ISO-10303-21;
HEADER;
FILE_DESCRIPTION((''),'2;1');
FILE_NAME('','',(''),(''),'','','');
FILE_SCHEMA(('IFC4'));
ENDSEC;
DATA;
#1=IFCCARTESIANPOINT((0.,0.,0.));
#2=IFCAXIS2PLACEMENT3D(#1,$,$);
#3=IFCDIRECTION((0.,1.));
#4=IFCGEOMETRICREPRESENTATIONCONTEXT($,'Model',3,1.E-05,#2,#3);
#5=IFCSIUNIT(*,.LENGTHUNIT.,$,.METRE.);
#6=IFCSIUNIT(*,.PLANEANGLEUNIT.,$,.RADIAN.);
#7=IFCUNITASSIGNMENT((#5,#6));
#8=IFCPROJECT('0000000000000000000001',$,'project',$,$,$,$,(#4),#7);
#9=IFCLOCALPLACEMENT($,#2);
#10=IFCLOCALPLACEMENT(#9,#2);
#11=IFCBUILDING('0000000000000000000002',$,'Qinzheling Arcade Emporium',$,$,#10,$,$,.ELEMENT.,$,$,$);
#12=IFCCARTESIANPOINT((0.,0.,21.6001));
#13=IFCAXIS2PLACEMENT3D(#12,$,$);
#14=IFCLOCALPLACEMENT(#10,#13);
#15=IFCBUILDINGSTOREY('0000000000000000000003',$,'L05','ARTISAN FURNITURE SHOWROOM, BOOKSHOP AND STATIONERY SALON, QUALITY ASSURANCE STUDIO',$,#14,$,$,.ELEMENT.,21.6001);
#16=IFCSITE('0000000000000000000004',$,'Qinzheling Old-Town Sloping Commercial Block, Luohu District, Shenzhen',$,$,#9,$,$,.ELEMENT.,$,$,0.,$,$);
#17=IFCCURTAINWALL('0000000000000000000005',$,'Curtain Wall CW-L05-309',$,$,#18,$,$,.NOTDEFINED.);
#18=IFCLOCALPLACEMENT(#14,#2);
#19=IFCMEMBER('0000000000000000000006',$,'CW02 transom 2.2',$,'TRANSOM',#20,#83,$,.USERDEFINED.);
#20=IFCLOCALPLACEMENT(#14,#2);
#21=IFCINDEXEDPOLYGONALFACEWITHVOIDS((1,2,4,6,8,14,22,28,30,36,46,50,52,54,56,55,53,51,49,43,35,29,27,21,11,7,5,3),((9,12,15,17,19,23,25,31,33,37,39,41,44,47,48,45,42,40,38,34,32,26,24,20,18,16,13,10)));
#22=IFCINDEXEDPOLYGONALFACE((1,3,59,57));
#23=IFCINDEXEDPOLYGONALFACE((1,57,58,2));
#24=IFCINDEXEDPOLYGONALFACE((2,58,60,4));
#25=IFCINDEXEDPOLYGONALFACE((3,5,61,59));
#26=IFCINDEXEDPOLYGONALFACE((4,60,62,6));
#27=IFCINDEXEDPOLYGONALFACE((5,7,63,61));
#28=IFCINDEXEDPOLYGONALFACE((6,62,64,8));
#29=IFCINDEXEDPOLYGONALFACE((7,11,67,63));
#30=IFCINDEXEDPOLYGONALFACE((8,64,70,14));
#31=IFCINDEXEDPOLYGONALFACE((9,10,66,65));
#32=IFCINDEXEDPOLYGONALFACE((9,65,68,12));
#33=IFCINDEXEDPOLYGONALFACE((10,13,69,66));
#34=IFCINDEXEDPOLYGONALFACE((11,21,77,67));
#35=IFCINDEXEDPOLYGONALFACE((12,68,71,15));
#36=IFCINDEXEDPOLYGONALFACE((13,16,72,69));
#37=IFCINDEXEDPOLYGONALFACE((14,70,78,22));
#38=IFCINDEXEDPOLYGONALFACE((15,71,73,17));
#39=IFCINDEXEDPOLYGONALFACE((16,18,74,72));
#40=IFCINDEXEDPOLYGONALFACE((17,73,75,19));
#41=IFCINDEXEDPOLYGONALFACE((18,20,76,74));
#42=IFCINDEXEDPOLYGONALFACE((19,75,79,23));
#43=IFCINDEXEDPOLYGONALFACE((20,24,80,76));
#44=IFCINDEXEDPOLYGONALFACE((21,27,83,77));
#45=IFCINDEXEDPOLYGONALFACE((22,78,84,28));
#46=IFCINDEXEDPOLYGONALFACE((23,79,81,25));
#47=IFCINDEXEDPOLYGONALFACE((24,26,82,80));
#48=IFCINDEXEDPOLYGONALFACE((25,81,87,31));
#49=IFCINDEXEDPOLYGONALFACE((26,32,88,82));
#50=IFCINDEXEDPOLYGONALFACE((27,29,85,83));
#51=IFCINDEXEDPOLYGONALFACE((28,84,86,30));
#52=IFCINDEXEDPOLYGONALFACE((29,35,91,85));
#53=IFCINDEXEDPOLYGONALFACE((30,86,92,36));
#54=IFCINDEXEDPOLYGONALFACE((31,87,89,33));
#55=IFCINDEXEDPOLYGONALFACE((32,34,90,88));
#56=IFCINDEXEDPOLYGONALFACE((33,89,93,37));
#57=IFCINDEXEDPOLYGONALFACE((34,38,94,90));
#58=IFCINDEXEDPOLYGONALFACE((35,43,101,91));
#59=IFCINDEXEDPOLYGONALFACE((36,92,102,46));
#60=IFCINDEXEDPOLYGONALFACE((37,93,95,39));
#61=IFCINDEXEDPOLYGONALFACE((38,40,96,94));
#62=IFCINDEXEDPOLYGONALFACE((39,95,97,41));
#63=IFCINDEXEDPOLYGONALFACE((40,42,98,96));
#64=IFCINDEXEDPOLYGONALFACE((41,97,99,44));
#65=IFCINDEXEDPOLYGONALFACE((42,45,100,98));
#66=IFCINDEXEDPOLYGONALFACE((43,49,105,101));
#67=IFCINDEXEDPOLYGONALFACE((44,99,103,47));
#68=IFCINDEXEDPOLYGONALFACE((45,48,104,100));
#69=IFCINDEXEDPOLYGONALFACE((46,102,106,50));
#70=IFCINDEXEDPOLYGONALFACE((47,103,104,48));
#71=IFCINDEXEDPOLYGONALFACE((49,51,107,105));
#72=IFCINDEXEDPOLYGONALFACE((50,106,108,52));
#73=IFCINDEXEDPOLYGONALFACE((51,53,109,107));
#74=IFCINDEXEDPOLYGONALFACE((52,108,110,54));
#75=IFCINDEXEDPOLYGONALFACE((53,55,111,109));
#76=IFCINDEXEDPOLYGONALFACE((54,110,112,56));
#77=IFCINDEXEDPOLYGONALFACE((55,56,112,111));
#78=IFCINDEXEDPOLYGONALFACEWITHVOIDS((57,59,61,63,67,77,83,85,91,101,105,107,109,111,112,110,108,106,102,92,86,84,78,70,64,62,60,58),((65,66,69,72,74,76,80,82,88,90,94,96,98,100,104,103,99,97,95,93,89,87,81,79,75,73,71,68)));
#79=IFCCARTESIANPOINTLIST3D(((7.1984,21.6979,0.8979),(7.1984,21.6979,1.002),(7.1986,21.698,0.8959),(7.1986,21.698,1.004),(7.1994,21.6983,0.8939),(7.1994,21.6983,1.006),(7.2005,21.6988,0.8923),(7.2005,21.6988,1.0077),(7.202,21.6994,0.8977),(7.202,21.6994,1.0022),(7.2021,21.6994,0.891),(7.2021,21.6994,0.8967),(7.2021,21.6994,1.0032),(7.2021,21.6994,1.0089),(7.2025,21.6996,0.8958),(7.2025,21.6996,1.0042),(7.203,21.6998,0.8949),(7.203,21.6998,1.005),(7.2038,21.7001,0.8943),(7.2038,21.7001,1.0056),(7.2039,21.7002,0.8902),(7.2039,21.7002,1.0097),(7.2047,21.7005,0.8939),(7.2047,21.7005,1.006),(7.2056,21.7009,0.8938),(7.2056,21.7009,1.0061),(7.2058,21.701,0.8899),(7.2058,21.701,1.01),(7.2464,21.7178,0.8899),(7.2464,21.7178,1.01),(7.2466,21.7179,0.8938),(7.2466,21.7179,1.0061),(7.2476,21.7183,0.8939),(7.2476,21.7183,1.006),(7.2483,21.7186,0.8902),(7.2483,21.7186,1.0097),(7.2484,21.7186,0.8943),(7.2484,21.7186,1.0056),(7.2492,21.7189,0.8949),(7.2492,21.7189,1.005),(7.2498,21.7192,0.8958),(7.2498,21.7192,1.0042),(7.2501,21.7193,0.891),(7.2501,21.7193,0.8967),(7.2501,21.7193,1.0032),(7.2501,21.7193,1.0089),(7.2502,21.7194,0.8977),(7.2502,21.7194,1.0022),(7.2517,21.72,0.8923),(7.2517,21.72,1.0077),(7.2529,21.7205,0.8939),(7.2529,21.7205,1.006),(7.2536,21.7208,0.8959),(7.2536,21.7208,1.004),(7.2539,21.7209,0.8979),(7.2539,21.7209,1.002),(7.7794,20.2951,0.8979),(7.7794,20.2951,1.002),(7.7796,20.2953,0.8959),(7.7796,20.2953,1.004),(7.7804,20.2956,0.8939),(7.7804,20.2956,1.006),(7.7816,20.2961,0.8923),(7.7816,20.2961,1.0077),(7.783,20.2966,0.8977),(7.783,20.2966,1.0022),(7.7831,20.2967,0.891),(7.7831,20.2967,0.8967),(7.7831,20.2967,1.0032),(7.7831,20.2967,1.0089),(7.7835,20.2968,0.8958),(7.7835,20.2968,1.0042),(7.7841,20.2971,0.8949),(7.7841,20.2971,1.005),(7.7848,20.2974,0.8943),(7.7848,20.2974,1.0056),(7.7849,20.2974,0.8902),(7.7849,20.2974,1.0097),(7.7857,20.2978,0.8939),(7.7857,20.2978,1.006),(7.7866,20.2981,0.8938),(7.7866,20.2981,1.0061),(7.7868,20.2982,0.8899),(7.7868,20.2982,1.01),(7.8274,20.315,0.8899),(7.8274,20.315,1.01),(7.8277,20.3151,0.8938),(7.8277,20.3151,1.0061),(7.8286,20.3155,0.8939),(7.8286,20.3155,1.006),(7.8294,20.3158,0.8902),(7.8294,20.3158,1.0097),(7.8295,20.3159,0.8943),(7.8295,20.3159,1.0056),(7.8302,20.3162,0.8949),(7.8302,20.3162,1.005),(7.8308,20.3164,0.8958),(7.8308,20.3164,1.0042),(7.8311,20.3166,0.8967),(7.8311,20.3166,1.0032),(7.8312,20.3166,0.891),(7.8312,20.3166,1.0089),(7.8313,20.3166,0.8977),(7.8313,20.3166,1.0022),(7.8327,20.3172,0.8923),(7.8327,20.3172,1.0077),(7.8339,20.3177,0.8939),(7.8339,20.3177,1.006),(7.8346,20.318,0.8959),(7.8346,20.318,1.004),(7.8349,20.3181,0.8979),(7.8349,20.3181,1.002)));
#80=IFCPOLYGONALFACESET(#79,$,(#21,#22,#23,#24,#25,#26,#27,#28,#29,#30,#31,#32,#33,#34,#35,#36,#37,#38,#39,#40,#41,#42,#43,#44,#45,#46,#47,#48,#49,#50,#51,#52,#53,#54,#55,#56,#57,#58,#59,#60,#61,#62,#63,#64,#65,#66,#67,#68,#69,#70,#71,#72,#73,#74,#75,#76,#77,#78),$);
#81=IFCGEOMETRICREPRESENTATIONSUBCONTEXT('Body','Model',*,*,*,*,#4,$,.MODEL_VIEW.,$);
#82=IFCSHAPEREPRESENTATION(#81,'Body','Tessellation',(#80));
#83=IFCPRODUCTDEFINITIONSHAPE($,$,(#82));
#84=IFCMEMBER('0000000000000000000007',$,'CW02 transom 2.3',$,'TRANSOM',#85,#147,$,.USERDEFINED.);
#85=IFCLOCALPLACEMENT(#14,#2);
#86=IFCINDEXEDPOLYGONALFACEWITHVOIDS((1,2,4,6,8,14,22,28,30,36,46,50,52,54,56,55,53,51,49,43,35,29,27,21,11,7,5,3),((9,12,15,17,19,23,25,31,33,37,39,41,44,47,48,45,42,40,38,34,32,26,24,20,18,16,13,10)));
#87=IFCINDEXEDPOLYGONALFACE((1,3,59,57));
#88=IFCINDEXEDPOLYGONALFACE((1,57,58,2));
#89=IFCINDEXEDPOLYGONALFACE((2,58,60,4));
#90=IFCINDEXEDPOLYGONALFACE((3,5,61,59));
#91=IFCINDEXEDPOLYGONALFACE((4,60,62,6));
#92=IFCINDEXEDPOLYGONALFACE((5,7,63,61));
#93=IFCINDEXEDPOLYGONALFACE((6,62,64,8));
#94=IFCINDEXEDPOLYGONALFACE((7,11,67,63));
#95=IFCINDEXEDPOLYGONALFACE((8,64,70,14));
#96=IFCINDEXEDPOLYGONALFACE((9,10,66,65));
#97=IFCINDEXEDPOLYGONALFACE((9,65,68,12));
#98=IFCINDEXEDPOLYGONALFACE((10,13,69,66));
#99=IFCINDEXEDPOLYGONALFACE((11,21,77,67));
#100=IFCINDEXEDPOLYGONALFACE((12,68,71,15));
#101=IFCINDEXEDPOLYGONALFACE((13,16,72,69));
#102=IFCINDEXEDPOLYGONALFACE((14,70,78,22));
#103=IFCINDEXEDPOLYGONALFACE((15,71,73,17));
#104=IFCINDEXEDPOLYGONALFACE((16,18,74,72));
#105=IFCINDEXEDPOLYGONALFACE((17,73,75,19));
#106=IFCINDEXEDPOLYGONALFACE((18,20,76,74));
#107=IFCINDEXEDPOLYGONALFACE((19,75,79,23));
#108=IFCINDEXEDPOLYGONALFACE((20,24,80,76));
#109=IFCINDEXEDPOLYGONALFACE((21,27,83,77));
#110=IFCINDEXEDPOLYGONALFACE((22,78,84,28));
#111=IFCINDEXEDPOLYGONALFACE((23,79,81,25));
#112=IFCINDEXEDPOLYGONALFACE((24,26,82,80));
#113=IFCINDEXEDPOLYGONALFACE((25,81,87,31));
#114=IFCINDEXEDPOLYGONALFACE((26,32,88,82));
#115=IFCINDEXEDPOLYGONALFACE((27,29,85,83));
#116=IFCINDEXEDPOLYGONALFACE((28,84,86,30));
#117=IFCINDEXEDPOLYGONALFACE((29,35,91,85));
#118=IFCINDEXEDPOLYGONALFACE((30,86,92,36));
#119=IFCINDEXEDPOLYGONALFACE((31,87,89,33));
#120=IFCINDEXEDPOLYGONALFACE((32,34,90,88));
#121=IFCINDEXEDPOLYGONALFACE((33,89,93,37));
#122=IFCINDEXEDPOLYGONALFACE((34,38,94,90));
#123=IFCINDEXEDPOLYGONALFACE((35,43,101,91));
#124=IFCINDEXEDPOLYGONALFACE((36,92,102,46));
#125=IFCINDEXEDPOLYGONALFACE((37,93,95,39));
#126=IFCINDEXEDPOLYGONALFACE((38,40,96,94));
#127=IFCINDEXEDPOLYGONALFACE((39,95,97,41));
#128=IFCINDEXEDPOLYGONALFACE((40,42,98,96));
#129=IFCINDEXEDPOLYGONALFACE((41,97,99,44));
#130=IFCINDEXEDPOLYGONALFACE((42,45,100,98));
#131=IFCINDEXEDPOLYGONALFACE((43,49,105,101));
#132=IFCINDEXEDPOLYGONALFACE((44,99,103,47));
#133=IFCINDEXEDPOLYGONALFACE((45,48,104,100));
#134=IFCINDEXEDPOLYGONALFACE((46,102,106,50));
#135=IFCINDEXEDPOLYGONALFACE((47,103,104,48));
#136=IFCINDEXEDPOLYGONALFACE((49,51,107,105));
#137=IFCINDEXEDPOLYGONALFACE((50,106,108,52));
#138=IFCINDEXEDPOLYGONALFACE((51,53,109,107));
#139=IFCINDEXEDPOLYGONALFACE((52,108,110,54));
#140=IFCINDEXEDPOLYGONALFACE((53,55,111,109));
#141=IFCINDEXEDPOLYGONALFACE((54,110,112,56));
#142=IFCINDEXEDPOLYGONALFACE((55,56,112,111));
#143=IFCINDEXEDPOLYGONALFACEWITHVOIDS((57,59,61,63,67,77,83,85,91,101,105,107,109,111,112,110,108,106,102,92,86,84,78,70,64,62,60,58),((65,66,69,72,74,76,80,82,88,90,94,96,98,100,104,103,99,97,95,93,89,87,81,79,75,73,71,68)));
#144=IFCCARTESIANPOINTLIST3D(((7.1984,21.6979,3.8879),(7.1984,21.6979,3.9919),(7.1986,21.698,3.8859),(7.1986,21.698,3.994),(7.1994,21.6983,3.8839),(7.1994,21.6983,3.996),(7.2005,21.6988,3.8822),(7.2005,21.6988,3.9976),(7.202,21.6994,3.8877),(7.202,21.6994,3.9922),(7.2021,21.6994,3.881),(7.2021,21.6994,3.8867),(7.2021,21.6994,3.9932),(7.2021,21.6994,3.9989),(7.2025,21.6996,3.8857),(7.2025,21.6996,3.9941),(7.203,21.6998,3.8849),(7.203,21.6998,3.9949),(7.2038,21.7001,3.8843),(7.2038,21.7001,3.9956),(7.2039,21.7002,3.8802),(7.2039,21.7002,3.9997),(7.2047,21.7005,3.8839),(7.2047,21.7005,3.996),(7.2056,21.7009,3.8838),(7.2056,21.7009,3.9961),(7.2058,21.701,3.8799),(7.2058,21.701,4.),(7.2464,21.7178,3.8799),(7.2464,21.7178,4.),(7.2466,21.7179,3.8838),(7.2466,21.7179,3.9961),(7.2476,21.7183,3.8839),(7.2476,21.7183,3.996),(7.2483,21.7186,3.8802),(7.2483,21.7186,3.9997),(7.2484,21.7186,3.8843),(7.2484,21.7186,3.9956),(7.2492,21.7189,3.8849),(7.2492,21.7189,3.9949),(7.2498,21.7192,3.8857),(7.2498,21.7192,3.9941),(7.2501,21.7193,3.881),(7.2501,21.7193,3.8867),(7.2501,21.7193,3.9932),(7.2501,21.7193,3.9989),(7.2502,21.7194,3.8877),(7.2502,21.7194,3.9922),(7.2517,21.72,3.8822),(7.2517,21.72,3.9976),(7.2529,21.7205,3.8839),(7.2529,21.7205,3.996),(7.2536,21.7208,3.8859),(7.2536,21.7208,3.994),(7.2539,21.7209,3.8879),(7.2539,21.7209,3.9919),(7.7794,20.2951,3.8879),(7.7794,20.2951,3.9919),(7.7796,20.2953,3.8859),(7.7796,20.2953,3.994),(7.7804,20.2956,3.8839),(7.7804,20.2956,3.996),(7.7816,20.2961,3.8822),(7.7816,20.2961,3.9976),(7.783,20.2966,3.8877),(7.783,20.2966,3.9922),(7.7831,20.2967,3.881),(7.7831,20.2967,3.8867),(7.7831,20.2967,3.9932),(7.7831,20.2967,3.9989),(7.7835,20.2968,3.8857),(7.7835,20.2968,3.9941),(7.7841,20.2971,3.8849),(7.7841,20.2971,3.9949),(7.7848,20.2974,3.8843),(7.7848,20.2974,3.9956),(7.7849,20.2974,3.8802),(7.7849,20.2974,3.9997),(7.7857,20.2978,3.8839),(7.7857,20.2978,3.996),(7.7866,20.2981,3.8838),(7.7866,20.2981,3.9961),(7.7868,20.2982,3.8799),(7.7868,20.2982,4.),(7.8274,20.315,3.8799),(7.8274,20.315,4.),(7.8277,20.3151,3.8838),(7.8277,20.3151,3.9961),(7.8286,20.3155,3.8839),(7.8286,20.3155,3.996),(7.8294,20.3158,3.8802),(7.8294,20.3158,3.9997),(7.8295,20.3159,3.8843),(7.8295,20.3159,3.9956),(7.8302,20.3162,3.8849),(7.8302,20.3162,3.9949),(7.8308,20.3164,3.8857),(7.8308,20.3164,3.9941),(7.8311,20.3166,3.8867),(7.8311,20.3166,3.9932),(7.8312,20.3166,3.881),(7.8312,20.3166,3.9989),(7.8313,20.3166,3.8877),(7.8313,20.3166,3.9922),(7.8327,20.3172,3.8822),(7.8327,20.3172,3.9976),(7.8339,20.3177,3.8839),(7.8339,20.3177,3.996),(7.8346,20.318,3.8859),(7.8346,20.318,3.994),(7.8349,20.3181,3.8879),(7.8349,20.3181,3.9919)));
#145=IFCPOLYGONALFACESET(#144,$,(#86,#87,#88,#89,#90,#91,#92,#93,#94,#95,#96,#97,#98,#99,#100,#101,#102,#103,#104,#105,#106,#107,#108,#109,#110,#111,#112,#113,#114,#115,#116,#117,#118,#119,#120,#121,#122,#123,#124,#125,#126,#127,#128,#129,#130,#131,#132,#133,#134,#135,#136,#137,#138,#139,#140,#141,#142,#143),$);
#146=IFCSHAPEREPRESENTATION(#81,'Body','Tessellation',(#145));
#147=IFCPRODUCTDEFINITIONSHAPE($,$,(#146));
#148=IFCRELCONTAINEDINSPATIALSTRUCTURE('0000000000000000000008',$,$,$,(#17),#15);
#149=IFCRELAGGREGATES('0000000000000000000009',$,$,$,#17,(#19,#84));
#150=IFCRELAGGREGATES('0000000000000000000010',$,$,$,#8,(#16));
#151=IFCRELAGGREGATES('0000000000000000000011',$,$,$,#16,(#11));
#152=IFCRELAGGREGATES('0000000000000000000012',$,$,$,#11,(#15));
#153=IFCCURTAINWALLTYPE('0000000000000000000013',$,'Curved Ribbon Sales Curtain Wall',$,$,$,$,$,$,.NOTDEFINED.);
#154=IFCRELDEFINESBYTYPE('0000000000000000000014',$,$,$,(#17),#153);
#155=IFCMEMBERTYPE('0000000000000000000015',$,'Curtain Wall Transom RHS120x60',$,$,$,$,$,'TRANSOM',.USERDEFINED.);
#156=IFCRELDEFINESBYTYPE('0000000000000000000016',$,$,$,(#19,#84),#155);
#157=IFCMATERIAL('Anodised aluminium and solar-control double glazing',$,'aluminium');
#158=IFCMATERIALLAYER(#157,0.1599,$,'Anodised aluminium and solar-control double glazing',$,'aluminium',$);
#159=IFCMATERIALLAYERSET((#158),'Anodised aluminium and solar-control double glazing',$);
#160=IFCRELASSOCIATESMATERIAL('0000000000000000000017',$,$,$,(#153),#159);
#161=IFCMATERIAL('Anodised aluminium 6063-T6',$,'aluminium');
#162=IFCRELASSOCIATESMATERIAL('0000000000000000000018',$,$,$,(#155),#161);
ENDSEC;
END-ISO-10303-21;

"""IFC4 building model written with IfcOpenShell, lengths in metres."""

from ifc_helpers import new_model, si_unit, direction, frame, origin, origin_2d, place, context, subcontext, project, spatial, hollow_rectangle, extrude, material, layer, layer_set, material_profile, profile_set, type_object, element, aggregate, save


model = new_model("IFC4")

# Units and contexts
model_context = context("Model", 3, precision=1e-05, world=origin(), true_north=direction((0.0, 1.0)))
body_context = subcontext(model_context, "Body", "Model", "MODEL_VIEW")
ifc_project = project(units=[si_unit("LENGTHUNIT", "METRE"), si_unit("PLANEANGLEUNIT", "RADIAN")], contexts=[model_context])

# Site, building, storey
site_placement = place(None, origin())
site = spatial("IfcSite", under=ifc_project, at=site_placement, Name="Qinzheling Old-Town Sloping Commercial Block, Luohu District, Shenzhen", CompositionType="ELEMENT", RefElevation=0.0)
building_placement = place(site_placement, origin())
building = spatial("IfcBuilding", under=site, at=building_placement, Name="Qinzheling Arcade Emporium", CompositionType="ELEMENT")
storey_placement = place(building_placement, frame((0.0, 0.0, 21.6001)))
storey = spatial("IfcBuildingStorey", under=building, at=storey_placement, Name="L05", Description="ARTISAN FURNITURE SHOWROOM, BOOKSHOP AND STATIONERY SALON, QUALITY ASSURANCE STUDIO", CompositionType="ELEMENT", Elevation=21.6001)

# Curtain wall
ifc_material_1 = material(Name="Anodised aluminium and solar-control double glazing", Category="aluminium")
ifc_layer_1 = layer(ifc_material_1, 0.1599, Name="Anodised aluminium and solar-control double glazing", Category="aluminium")
ifc_layer_set_1 = layer_set([ifc_layer_1], Name="Anodised aluminium and solar-control double glazing")
curtain_wall_type = type_object("IfcCurtainWallType", Name="Curved Ribbon Sales Curtain Wall", PredefinedType="NOTDEFINED", material=ifc_layer_set_1)
curtain_wall_1_placement = place(storey_placement, origin())
curtain_wall_1 = element("IfcCurtainWall", 1, at=curtain_wall_1_placement, inside=storey, type_object=curtain_wall_type, Name="Curtain Wall CW-L05-309", PredefinedType="NOTDEFINED")
ifc_material_2 = material(Name="Anodised aluminium 6063-T6", Category="aluminium")

# Members
ifc_material_profile_1 = material_profile(ifc_material_2, hollow_rectangle(XDim=0.0601, YDim=0.1201, WallThickness=0.0039, InnerFilletRadius=0.0039, OuterFilletRadius=0.0081, at=origin_2d()), Name="RHS 120x60x4", Category="aluminium")
ifc_profile_set_1 = profile_set([ifc_material_profile_1], Name="Anodised aluminium 6063-T6")
member_type_1 = type_object("IfcMemberType", Name="Curtain Wall Transom RHS120x60", ElementType="TRANSOM", PredefinedType="USERDEFINED", material=ifc_profile_set_1)
member_1_placement = place(storey_placement, frame((7.8071, 20.3066, 0.95), z_axis=(-0.382674, 0.923884, 0.0), x_axis=(-0.923884, -0.382674, 0.0)))
member_1 = element("IfcMember", 2, at=member_1_placement, type_object=member_type_1, Name="CW02 transom 2.2", ObjectType="TRANSOM", PredefinedType="USERDEFINED", context=body_context, shape_type="SweptSolid", body=[
    extrude(hollow_rectangle(XDim=0.0601, YDim=0.1201, WallThickness=0.0039, InnerFilletRadius=0.0039, OuterFilletRadius=0.0081, at=origin_2d()), origin(), (0.0, 0.0, 1.0), 1.5183),
])
member_2_placement = place(storey_placement, frame((7.8071, 20.3066, 3.9399), z_axis=(-0.382674, 0.923884, 0.0), x_axis=(-0.923884, -0.382674, 0.0)))
member_2 = element("IfcMember", 3, at=member_2_placement, type_object=member_type_1, Name="CW02 transom 2.3", ObjectType="TRANSOM", PredefinedType="USERDEFINED", context=body_context, shape_type="SweptSolid", body=[
    extrude(hollow_rectangle(XDim=0.0601, YDim=0.1201, WallThickness=0.0039, InnerFilletRadius=0.0039, OuterFilletRadius=0.0081, at=origin_2d()), origin(), (0.0, 0.0, 1.0), 1.5183),
])

aggregate(curtain_wall_1, [member_1, member_2])

save(model, "model.ifc")
